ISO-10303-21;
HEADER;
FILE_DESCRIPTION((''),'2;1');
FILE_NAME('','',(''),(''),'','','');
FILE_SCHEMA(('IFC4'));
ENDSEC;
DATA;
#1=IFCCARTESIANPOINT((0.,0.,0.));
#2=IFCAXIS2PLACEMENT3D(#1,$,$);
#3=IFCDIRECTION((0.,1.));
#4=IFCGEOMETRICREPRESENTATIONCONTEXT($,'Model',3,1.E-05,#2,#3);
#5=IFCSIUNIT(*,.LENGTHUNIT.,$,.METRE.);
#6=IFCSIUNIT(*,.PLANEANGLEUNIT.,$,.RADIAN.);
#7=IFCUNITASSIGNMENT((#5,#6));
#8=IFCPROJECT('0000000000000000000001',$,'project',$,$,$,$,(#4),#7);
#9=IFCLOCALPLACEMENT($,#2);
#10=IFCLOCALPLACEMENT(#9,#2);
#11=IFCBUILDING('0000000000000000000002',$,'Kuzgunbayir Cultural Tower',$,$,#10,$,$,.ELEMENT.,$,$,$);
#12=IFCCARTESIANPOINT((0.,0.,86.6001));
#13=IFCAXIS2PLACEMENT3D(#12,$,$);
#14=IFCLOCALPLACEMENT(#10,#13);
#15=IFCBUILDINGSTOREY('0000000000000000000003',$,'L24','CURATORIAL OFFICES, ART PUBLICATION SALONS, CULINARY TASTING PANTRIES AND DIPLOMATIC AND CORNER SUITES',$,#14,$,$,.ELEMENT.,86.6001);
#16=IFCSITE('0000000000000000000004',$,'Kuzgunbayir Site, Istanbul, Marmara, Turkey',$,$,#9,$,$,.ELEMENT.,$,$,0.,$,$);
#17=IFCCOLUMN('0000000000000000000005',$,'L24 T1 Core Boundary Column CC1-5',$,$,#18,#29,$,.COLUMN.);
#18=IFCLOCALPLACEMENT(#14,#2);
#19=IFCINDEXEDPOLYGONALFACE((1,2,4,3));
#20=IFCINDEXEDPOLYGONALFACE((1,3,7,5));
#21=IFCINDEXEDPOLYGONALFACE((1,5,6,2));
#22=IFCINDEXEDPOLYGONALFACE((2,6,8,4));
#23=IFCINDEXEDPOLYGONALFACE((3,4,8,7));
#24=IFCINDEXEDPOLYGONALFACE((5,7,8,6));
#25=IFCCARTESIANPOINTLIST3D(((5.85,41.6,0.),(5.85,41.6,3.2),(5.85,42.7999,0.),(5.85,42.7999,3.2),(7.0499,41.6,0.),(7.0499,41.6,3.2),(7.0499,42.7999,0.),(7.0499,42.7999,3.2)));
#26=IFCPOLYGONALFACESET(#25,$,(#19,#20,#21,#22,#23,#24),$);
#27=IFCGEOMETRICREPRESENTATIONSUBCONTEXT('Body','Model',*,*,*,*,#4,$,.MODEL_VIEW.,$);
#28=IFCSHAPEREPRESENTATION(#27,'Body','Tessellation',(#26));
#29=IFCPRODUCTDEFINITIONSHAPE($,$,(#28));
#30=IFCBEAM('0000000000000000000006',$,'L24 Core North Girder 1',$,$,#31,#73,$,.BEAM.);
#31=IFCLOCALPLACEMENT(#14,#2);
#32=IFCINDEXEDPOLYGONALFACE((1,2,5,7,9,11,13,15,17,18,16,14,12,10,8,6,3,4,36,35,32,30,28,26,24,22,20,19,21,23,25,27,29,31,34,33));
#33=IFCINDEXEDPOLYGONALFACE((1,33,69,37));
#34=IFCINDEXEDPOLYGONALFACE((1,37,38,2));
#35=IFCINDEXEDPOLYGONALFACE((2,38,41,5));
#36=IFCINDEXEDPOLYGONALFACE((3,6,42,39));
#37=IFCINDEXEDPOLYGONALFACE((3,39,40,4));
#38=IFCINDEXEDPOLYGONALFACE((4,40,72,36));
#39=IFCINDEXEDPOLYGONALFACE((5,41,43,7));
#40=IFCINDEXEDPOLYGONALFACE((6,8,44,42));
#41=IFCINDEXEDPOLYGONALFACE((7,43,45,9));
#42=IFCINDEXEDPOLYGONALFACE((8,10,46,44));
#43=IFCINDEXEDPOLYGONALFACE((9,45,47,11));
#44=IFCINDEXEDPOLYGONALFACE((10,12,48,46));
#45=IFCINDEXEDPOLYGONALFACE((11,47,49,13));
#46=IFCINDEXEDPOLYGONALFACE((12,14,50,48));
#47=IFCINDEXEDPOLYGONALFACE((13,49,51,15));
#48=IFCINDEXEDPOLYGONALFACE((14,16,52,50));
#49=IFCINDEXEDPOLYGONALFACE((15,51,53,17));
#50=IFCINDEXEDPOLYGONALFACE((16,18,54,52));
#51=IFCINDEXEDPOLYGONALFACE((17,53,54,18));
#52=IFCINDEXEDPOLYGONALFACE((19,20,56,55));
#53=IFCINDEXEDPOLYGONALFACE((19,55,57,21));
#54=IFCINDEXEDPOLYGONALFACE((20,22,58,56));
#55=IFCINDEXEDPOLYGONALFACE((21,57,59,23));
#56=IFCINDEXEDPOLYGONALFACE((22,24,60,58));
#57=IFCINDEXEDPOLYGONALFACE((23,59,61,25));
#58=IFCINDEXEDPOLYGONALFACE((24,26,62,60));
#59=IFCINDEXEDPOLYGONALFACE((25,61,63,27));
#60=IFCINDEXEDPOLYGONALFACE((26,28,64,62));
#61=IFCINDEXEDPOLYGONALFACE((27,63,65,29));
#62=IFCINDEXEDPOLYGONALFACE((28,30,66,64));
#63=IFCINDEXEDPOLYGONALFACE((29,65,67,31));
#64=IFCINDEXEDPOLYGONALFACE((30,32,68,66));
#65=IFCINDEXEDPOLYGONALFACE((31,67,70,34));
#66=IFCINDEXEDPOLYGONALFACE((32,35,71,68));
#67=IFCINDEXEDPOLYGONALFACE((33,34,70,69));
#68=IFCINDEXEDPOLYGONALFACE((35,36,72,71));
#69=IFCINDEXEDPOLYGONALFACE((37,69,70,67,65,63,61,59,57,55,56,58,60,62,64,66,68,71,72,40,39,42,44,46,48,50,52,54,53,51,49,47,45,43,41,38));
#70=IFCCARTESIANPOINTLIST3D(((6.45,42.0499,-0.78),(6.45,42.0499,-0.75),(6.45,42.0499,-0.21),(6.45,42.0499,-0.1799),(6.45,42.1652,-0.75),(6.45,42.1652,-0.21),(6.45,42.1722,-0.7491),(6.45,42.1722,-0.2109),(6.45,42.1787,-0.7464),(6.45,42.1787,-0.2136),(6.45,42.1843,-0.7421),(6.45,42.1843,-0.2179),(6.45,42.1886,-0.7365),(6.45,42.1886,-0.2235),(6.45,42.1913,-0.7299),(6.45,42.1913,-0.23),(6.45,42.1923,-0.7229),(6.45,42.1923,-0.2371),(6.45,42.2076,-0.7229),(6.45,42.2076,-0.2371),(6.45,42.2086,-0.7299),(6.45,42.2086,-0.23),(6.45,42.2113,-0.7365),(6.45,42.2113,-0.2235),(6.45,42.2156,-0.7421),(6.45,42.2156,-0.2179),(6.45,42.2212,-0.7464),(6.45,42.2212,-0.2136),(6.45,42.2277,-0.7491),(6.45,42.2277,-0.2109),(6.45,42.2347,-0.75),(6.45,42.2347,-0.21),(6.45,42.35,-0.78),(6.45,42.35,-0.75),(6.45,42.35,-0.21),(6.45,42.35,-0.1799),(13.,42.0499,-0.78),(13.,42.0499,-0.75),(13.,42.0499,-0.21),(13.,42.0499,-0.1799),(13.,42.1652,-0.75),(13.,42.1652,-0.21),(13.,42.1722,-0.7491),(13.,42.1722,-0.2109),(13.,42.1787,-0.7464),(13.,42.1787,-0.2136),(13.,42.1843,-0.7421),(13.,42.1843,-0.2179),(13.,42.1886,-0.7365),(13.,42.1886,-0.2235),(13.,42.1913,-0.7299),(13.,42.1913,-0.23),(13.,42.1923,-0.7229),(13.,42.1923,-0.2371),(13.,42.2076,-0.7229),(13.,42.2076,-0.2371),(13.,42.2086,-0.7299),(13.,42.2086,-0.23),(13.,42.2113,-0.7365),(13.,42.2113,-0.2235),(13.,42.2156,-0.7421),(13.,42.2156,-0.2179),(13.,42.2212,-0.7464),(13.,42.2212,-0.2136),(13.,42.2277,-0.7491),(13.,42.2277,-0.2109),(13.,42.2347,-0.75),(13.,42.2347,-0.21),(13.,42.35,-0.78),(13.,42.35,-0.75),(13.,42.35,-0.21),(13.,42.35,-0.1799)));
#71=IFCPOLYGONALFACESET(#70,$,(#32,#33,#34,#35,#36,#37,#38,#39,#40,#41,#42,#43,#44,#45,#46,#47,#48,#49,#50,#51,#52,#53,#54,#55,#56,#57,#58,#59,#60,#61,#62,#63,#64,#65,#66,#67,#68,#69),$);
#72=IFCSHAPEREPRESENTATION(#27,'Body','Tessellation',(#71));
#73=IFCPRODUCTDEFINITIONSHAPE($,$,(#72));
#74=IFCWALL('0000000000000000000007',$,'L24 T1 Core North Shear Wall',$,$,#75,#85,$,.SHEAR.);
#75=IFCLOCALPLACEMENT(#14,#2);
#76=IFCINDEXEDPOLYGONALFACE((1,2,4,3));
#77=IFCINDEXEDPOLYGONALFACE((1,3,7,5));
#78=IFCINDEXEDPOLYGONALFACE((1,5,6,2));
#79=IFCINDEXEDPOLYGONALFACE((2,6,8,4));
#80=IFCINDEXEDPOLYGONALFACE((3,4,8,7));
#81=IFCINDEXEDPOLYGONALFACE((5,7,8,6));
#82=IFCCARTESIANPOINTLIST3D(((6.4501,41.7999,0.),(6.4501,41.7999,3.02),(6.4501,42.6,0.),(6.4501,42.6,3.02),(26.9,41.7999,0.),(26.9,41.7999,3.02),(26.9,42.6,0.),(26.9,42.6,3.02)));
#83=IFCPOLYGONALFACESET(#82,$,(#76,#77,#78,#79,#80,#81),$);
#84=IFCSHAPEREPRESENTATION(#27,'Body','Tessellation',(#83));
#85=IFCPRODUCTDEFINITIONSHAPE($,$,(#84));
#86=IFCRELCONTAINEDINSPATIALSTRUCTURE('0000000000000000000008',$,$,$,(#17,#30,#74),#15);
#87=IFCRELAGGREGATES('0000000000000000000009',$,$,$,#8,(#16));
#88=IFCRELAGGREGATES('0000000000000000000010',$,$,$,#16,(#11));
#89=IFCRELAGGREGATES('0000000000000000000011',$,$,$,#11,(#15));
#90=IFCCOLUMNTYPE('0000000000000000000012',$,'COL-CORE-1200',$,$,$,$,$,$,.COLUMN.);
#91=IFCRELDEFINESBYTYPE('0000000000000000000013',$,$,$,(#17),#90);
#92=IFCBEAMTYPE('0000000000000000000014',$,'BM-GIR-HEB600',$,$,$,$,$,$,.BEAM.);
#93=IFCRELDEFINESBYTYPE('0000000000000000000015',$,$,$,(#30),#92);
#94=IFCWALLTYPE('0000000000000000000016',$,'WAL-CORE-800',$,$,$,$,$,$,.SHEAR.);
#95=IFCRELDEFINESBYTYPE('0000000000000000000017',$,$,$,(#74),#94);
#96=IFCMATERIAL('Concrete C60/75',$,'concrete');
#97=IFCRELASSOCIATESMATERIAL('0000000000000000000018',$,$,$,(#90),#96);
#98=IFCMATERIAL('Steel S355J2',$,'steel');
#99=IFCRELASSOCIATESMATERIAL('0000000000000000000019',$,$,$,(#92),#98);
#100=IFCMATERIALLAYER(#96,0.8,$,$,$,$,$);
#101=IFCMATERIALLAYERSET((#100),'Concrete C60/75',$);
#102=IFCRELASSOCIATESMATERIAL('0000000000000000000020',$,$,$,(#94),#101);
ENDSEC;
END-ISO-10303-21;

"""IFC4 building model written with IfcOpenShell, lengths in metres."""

from ifc_helpers import new_model, si_unit, direction, frame, frame_2d, origin, origin_2d, place, context, subcontext, project, spatial, rectangle, i_section, extrude, material, layer, layer_set, material_profile, profile_set, type_object, element, save


model = new_model("IFC4")

# Units and contexts
model_context = context("Model", 3, precision=1e-05, world=origin(), true_north=direction((0.0, 1.0)))
body_context = subcontext(model_context, "Body", "Model", "MODEL_VIEW")
ifc_project = project(units=[si_unit("LENGTHUNIT", "METRE"), si_unit("PLANEANGLEUNIT", "RADIAN")], contexts=[model_context])

# Site, building, storey
site_placement = place(None, origin())
site = spatial("IfcSite", under=ifc_project, at=site_placement, Name="Kuzgunbayir Site, Istanbul, Marmara, Turkey", CompositionType="ELEMENT", RefElevation=0.0)
building_placement = place(site_placement, origin())
building = spatial("IfcBuilding", under=site, at=building_placement, Name="Kuzgunbayir Cultural Tower", CompositionType="ELEMENT")
storey_placement = place(building_placement, frame((0.0, 0.0, 86.6001)))
storey = spatial("IfcBuildingStorey", under=building, at=storey_placement, Name="L24", Description="CURATORIAL OFFICES, ART PUBLICATION SALONS, CULINARY TASTING PANTRIES AND DIPLOMATIC AND CORNER SUITES", CompositionType="ELEMENT", Elevation=86.6001)

# Column
ifc_material_1 = material(Name="Concrete C60/75", Category="concrete")
ifc_material_profile_1 = material_profile(ifc_material_1, rectangle(XDim=1.2, YDim=1.2, at=origin_2d()), Name="RC 1200x1200")
ifc_profile_set_1 = profile_set([ifc_material_profile_1], Name="Concrete C60/75")
column_type = type_object("IfcColumnType", Name="COL-CORE-1200", PredefinedType="COLUMN", material=ifc_profile_set_1)
column_placement = place(storey_placement, frame((6.45, 42.2, 0.0), z_axis=(0.0, 0.0, 1.0), x_axis=(1.0, 0.0, 0.0)))
element("IfcColumn", 1, at=column_placement, inside=storey, type_object=column_type, Name="L24 T1 Core Boundary Column CC1-5", PredefinedType="COLUMN", context=body_context, shape_type="SweptSolid", body=[
    extrude(rectangle(XDim=1.2, YDim=1.2, at=origin_2d()), origin(), (0.0, 0.0, 1.0), 3.2),
])

# Beam
ifc_material_2 = material(Name="Steel S355J2", Category="steel")
ifc_material_profile_2 = material_profile(ifc_material_2, i_section(OverallWidth=0.3, OverallDepth=0.6001, WebThickness=0.0154, FlangeThickness=0.03, FilletRadius=0.0271, at=origin_2d()), Name="HEB 600")
ifc_profile_set_2 = profile_set([ifc_material_profile_2], Name="Steel S355J2")
beam_type = type_object("IfcBeamType", Name="BM-GIR-HEB600", PredefinedType="BEAM", material=ifc_profile_set_2)
beam_placement = place(storey_placement, frame((6.45, 42.2, -0.48), z_axis=(1.0, 0.0, 0.0), x_axis=(0.0, 1.0, 0.0)))
element("IfcBeam", 2, at=beam_placement, inside=storey, type_object=beam_type, Name="L24 Core North Girder 1", PredefinedType="BEAM", context=body_context, shape_type="SweptSolid", body=[
    extrude(i_section(OverallWidth=0.3, OverallDepth=0.6001, WebThickness=0.0154, FlangeThickness=0.03, FilletRadius=0.0271, at=origin_2d()), origin(), (0.0, 0.0, 1.0), 6.55),
])

# Wall
ifc_layer_1 = layer(ifc_material_1, 0.8)
ifc_layer_set_1 = layer_set([ifc_layer_1], Name="Concrete C60/75")
wall_type_1 = type_object("IfcWallType", Name="WAL-CORE-800", PredefinedType="SHEAR", material=ifc_layer_set_1)
wall_1_placement = place(storey_placement, frame((6.45, 42.2, 0.0), z_axis=(0.0, 0.0, 1.0), x_axis=(1.0, 0.0, 0.0)))
element("IfcWall", 3, at=wall_1_placement, inside=storey, type_object=wall_type_1, Name="L24 T1 Core North Shear Wall", PredefinedType="SHEAR", context=body_context, shape_type="SweptSolid", body=[
    extrude(rectangle(XDim=20.45, YDim=0.8, at=frame_2d((10.2251, 0.0))), origin(), (0.0, 0.0, 1.0), 3.02),
])

save(model, "model.ifc")
